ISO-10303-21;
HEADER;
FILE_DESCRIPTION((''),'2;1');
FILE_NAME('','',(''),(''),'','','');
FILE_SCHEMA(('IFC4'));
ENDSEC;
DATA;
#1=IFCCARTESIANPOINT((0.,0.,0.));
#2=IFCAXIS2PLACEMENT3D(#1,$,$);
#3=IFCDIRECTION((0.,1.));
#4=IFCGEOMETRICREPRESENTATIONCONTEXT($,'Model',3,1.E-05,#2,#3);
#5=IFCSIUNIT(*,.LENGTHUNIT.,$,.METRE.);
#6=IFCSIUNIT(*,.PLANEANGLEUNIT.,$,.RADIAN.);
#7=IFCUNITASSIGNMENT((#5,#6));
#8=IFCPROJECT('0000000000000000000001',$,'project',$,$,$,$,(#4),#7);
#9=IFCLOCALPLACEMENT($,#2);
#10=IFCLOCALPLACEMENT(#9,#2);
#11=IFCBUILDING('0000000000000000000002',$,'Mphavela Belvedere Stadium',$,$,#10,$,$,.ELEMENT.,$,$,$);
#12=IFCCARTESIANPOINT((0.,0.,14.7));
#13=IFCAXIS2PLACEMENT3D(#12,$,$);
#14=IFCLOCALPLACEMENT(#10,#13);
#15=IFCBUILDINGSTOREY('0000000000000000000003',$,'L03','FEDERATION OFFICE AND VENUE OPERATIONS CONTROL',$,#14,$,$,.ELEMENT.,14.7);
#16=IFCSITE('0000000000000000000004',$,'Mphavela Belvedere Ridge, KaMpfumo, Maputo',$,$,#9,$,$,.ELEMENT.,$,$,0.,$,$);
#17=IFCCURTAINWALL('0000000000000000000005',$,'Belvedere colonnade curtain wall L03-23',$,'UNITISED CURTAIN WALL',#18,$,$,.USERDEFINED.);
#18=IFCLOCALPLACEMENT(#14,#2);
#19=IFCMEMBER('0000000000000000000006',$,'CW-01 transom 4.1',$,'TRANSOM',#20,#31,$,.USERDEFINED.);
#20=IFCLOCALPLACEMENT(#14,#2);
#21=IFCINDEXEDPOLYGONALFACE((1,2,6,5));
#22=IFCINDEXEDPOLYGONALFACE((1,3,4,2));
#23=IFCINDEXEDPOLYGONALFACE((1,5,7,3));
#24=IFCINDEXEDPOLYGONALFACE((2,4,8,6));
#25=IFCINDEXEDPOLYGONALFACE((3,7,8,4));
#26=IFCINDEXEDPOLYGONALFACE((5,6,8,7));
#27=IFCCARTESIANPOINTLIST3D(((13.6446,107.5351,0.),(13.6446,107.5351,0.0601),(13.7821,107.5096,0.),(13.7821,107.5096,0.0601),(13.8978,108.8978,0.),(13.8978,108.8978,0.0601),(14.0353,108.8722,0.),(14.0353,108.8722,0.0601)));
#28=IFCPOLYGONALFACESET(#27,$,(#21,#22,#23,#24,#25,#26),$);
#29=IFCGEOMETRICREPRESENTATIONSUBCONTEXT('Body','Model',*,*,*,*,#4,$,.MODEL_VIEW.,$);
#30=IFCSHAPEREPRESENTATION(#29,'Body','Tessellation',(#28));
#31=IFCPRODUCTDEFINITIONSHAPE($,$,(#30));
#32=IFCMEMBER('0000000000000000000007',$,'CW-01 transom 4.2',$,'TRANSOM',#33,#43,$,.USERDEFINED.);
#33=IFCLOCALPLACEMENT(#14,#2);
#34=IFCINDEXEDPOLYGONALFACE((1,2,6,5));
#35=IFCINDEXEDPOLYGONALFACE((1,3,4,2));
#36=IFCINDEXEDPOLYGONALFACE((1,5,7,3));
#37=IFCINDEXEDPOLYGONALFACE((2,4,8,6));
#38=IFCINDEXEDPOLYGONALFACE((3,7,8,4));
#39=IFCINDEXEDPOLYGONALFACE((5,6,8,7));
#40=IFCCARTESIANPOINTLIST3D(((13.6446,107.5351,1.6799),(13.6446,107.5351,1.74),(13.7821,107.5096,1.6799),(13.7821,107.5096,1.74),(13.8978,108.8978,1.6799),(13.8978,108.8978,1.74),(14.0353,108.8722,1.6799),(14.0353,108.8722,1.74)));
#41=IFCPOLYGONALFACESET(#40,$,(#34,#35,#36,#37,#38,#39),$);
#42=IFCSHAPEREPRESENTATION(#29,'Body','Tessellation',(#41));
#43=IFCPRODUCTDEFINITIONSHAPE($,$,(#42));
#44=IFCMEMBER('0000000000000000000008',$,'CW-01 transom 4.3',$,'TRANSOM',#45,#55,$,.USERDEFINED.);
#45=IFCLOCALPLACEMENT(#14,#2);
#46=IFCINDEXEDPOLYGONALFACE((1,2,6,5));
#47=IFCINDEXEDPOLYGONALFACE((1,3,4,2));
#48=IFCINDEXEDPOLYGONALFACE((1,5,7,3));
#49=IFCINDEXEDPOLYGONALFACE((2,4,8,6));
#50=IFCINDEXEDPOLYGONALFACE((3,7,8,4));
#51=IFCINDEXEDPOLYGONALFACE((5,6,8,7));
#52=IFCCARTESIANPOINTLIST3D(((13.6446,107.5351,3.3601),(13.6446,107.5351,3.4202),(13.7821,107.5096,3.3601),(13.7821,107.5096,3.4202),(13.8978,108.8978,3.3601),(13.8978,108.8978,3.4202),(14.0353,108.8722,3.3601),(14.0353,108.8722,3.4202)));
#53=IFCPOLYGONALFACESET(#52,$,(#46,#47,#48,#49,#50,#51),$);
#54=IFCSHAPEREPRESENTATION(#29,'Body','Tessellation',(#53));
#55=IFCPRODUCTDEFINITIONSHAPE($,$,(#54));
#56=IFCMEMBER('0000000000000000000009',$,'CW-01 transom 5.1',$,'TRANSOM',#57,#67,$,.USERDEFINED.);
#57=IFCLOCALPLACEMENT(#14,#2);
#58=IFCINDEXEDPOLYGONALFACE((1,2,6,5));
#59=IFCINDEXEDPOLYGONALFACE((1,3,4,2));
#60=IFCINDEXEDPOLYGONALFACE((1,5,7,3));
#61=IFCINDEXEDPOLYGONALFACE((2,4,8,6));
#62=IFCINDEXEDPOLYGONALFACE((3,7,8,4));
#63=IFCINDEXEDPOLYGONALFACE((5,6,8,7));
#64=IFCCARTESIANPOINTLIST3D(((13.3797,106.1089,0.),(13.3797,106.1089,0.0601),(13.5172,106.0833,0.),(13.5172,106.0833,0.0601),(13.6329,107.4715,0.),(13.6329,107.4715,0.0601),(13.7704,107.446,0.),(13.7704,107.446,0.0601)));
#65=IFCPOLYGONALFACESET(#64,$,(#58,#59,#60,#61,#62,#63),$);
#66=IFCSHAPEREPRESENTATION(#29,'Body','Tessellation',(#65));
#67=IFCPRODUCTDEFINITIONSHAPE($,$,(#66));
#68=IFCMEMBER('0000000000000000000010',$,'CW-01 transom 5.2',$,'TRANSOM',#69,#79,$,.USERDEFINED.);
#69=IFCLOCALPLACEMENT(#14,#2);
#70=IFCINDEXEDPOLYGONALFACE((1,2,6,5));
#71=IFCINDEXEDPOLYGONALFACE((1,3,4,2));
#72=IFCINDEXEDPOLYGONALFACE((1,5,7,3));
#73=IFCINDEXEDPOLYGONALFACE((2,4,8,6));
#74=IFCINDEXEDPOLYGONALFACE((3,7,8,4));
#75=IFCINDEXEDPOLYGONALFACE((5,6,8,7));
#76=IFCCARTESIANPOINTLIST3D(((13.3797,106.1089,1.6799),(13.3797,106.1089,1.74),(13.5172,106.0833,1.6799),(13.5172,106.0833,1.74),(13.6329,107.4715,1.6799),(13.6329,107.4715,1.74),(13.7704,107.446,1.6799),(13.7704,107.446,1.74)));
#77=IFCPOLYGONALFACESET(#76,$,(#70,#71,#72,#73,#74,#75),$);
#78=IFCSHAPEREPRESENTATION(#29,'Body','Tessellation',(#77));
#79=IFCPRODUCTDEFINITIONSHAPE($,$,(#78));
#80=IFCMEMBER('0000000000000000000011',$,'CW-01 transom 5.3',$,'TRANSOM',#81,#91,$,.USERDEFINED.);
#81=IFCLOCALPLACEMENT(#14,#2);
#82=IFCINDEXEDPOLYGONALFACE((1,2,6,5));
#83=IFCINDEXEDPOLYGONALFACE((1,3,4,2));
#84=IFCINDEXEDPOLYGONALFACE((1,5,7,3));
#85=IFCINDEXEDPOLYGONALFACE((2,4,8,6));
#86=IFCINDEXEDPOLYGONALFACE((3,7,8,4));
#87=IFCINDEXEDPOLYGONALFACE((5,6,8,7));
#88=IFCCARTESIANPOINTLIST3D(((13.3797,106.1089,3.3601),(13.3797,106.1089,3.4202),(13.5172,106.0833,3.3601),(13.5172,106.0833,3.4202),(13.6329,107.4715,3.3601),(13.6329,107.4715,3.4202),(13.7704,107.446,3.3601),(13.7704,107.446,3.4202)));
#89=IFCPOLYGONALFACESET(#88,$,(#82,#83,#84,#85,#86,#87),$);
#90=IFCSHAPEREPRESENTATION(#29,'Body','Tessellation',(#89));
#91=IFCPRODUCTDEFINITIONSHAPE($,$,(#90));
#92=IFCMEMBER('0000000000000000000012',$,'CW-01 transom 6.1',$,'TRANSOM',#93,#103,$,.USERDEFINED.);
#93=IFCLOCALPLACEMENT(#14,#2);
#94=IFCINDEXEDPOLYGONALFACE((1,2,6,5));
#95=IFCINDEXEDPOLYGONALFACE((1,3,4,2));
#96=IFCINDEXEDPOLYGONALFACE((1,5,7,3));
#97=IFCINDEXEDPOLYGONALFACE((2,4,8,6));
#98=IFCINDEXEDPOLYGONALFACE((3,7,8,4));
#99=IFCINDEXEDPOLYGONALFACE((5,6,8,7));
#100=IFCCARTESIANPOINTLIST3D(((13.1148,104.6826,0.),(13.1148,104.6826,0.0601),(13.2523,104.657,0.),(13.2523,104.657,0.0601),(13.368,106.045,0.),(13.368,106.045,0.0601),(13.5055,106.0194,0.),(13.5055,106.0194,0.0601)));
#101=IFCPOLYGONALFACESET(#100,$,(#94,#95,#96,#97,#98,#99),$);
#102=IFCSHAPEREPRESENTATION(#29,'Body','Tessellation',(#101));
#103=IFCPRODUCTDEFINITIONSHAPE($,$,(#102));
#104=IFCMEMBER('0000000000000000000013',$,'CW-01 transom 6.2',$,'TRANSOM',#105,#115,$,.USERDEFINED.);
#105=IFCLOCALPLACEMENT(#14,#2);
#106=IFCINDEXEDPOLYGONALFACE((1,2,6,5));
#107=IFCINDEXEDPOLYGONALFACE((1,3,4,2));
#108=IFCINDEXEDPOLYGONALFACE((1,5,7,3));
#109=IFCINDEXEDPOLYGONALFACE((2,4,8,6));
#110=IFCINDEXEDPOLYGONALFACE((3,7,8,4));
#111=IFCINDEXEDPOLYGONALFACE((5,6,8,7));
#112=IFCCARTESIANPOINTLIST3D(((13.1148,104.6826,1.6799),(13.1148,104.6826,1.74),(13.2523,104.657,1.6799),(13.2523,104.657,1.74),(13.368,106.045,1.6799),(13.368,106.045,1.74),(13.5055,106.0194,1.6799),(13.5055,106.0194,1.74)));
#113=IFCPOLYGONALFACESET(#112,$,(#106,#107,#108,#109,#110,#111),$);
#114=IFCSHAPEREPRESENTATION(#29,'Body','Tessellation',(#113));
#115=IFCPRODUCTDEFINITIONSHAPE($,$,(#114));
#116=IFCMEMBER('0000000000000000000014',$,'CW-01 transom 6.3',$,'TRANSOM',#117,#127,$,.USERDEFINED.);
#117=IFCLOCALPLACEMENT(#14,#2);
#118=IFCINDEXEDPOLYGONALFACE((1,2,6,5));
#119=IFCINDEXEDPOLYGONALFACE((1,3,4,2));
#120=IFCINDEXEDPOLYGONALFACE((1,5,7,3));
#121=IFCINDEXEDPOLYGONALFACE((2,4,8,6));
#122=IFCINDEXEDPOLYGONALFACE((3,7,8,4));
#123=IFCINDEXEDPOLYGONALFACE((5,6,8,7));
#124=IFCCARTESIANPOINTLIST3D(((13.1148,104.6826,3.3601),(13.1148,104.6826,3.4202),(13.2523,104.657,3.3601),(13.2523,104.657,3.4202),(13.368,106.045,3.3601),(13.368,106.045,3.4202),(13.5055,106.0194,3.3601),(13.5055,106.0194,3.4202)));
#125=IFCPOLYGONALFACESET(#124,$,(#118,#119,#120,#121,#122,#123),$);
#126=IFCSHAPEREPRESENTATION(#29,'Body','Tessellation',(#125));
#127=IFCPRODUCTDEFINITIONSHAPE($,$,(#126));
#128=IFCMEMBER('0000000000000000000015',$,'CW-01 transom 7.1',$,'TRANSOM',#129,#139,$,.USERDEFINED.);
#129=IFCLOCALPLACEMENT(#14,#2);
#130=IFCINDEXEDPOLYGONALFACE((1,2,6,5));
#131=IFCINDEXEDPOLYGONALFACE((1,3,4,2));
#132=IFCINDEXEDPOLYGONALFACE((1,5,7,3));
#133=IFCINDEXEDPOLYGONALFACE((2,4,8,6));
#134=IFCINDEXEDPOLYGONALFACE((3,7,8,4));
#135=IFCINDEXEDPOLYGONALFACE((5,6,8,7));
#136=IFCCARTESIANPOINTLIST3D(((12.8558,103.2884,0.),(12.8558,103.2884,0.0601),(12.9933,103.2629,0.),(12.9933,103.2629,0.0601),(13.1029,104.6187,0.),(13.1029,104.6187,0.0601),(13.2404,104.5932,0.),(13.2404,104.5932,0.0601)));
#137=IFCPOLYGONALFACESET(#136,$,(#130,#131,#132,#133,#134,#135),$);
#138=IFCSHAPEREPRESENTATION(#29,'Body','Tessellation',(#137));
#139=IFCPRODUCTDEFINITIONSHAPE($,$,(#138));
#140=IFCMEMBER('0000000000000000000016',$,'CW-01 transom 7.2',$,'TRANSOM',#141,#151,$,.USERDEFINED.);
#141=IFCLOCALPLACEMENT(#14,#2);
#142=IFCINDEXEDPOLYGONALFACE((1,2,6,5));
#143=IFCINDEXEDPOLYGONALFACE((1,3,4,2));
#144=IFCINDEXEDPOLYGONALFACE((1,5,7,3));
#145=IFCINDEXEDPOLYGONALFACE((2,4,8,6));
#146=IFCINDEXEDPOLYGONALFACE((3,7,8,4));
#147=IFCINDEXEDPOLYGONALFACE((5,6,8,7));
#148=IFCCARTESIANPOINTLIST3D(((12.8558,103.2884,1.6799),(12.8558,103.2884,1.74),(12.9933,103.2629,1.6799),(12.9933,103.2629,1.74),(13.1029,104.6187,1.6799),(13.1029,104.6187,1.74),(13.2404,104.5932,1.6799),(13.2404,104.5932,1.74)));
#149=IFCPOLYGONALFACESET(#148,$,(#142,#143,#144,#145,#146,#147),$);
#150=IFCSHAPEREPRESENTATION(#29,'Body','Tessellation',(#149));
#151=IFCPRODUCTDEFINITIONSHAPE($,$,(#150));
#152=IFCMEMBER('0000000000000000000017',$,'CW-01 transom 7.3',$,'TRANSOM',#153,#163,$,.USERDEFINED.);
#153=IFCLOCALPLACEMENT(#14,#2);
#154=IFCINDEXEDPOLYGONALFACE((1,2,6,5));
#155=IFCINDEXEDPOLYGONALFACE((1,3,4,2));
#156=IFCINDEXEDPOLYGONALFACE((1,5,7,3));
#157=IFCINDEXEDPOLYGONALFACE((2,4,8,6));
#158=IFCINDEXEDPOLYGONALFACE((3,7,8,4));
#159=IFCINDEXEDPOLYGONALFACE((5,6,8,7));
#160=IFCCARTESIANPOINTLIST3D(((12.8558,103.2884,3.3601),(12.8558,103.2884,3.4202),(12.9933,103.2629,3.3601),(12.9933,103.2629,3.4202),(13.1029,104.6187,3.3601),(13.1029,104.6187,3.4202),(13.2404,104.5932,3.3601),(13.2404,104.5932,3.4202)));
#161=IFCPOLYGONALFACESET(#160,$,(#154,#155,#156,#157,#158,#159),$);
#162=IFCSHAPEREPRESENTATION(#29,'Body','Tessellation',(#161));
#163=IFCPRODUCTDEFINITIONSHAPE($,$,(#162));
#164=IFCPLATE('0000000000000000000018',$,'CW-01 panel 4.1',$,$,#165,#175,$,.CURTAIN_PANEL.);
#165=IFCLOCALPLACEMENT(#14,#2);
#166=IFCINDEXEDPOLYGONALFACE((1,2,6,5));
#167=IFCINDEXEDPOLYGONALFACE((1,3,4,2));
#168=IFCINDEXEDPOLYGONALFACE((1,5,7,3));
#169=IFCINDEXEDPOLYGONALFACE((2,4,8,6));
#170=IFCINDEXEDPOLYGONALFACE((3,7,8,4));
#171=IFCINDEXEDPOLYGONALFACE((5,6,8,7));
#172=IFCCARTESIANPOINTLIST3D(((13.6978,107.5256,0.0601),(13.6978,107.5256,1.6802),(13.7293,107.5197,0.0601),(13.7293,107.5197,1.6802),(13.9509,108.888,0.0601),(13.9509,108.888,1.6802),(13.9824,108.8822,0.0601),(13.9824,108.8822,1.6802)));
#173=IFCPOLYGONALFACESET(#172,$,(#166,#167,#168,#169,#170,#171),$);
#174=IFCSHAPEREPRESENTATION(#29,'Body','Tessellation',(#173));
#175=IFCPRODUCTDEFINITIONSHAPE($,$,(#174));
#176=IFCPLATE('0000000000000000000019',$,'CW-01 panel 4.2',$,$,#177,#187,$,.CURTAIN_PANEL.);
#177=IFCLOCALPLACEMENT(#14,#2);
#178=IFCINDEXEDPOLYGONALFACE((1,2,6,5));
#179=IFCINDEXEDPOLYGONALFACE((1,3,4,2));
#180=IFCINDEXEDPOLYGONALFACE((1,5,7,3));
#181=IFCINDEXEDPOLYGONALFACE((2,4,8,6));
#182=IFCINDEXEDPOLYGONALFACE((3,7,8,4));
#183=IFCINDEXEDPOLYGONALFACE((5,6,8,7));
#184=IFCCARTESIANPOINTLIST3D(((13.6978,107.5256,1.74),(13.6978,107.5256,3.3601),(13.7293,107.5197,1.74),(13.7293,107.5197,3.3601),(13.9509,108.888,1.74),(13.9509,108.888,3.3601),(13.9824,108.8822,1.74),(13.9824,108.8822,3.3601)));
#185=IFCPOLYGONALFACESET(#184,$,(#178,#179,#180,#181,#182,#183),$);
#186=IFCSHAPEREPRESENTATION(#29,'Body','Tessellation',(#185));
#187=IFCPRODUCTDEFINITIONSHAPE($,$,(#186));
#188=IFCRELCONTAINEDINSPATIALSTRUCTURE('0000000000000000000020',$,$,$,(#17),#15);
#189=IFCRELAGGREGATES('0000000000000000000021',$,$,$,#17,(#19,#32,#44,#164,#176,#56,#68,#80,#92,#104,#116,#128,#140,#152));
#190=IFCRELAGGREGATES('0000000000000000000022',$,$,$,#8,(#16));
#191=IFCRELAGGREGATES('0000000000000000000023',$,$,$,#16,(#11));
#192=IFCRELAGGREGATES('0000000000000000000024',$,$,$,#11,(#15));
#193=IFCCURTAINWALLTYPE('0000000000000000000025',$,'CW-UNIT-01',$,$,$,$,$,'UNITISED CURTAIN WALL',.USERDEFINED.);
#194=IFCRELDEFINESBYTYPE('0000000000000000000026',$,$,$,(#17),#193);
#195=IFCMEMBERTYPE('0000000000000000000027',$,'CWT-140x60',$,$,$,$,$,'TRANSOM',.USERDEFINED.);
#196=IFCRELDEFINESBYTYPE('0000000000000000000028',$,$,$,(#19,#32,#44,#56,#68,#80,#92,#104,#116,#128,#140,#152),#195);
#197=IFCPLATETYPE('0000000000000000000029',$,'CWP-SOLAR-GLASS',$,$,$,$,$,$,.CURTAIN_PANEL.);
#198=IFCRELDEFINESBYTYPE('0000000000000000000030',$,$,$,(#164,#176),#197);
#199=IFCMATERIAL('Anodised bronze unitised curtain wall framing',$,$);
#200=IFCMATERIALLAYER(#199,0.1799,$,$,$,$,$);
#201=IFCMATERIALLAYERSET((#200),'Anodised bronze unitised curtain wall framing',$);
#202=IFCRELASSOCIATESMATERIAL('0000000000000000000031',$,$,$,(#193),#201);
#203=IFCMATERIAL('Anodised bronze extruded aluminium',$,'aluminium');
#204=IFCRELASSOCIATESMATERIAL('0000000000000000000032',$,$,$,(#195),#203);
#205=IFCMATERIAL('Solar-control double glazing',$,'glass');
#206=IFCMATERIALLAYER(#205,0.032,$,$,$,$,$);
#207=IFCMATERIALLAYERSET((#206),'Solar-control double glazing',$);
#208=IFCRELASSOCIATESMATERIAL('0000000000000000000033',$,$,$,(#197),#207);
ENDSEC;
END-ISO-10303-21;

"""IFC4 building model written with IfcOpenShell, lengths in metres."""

from ifc_helpers import new_model, si_unit, direction, frame, origin, origin_2d, place, context, subcontext, project, spatial, rectangle, extrude, material, layer, layer_set, material_profile, profile_set, type_object, element, aggregate, save


model = new_model("IFC4")

# Units and contexts
model_context = context("Model", 3, precision=1e-05, world=origin(), true_north=direction((0.0, 1.0)))
body_context = subcontext(model_context, "Body", "Model", "MODEL_VIEW")
ifc_project = project(units=[si_unit("LENGTHUNIT", "METRE"), si_unit("PLANEANGLEUNIT", "RADIAN")], contexts=[model_context])

# Site, building, storey
site_placement = place(None, origin())
site = spatial("IfcSite", under=ifc_project, at=site_placement, Name="Mphavela Belvedere Ridge, KaMpfumo, Maputo", CompositionType="ELEMENT", RefElevation=0.0)
building_placement = place(site_placement, origin())
building = spatial("IfcBuilding", under=site, at=building_placement, Name="Mphavela Belvedere Stadium", CompositionType="ELEMENT")
storey_placement = place(building_placement, frame((0.0, 0.0, 14.7)))
storey = spatial("IfcBuildingStorey", under=building, at=storey_placement, Name="L03", Description="FEDERATION OFFICE AND VENUE OPERATIONS CONTROL", CompositionType="ELEMENT", Elevation=14.7)

# Curtain wall, members, plates
ifc_material_1 = material(Name="Anodised bronze unitised curtain wall framing")
ifc_layer_1 = layer(ifc_material_1, 0.1799)
ifc_layer_set_1 = layer_set([ifc_layer_1], Name="Anodised bronze unitised curtain wall framing")
curtain_wall_type = type_object("IfcCurtainWallType", Name="CW-UNIT-01", ElementType="UNITISED CURTAIN WALL", PredefinedType="USERDEFINED", material=ifc_layer_set_1)
curtain_wall_placement = place(storey_placement, origin())
curtain_wall = element("IfcCurtainWall", 1, at=curtain_wall_placement, inside=storey, type_object=curtain_wall_type, Name="Belvedere colonnade curtain wall L03-23", ObjectType="UNITISED CURTAIN WALL", PredefinedType="USERDEFINED")
ifc_material_2 = material(Name="Anodised bronze extruded aluminium", Category="aluminium")
ifc_material_profile_1 = material_profile(ifc_material_2, rectangle(XDim=0.1399, YDim=0.0601, at=origin_2d()), Name="CW-TRN 140x60")
ifc_profile_set_1 = profile_set([ifc_material_profile_1], Name="Anodised bronze extruded aluminium")
member_type_1 = type_object("IfcMemberType", Name="CWT-140x60", ElementType="TRANSOM", PredefinedType="USERDEFINED", material=ifc_profile_set_1)
member_1_placement = place(storey_placement, frame((13.9666, 108.885, 0.03), z_axis=(-0.182682, -0.983172, 0.0), x_axis=(0.983172, -0.182682, 0.0)))
member_1 = element("IfcMember", 2, at=member_1_placement, type_object=member_type_1, Name="CW-01 transom 4.1", ObjectType="TRANSOM", PredefinedType="USERDEFINED", context=body_context, shape_type="SweptSolid", body=[
    extrude(rectangle(XDim=0.1399, YDim=0.0601, at=origin_2d()), origin(), (0.0, 0.0, 1.0), 1.386),
])
member_2_placement = place(storey_placement, frame((13.9666, 108.885, 1.71), z_axis=(-0.182682, -0.983172, 0.0), x_axis=(0.983172, -0.182682, 0.0)))
member_2 = element("IfcMember", 3, at=member_2_placement, type_object=member_type_1, Name="CW-01 transom 4.2", ObjectType="TRANSOM", PredefinedType="USERDEFINED", context=body_context, shape_type="SweptSolid", body=[
    extrude(rectangle(XDim=0.1399, YDim=0.0601, at=origin_2d()), origin(), (0.0, 0.0, 1.0), 1.386),
])
member_3_placement = place(storey_placement, frame((13.9666, 108.885, 3.3901), z_axis=(-0.182682, -0.983172, 0.0), x_axis=(0.983172, -0.182682, 0.0)))
member_3 = element("IfcMember", 4, at=member_3_placement, type_object=member_type_1, Name="CW-01 transom 4.3", ObjectType="TRANSOM", PredefinedType="USERDEFINED", context=body_context, shape_type="SweptSolid", body=[
    extrude(rectangle(XDim=0.1399, YDim=0.0601, at=origin_2d()), origin(), (0.0, 0.0, 1.0), 1.386),
])
member_4_placement = place(storey_placement, frame((13.7017, 107.4587, 0.03), z_axis=(-0.182682, -0.983172, 0.0), x_axis=(0.983172, -0.182682, 0.0)))
member_4 = element("IfcMember", 5, at=member_4_placement, type_object=member_type_1, Name="CW-01 transom 5.1", ObjectType="TRANSOM", PredefinedType="USERDEFINED", context=body_context, shape_type="SweptSolid", body=[
    extrude(rectangle(XDim=0.1399, YDim=0.0601, at=origin_2d()), origin(), (0.0, 0.0, 1.0), 1.386),
])
member_5_placement = place(storey_placement, frame((13.7017, 107.4587, 1.71), z_axis=(-0.182682, -0.983172, 0.0), x_axis=(0.983172, -0.182682, 0.0)))
member_5 = element("IfcMember", 6, at=member_5_placement, type_object=member_type_1, Name="CW-01 transom 5.2", ObjectType="TRANSOM", PredefinedType="USERDEFINED", context=body_context, shape_type="SweptSolid", body=[
    extrude(rectangle(XDim=0.1399, YDim=0.0601, at=origin_2d()), origin(), (0.0, 0.0, 1.0), 1.386),
])
member_6_placement = place(storey_placement, frame((13.7017, 107.4587, 3.3901), z_axis=(-0.182682, -0.983172, 0.0), x_axis=(0.983172, -0.182682, 0.0)))
member_6 = element("IfcMember", 7, at=member_6_placement, type_object=member_type_1, Name="CW-01 transom 5.3", ObjectType="TRANSOM", PredefinedType="USERDEFINED", context=body_context, shape_type="SweptSolid", body=[
    extrude(rectangle(XDim=0.1399, YDim=0.0601, at=origin_2d()), origin(), (0.0, 0.0, 1.0), 1.386),
])
member_7_placement = place(storey_placement, frame((13.4368, 106.0322, 0.03), z_axis=(-0.182714, -0.983166, 0.0), x_axis=(0.983166, -0.182714, 0.0)))
member_7 = element("IfcMember", 8, at=member_7_placement, type_object=member_type_1, Name="CW-01 transom 6.1", ObjectType="TRANSOM", PredefinedType="USERDEFINED", context=body_context, shape_type="SweptSolid", body=[
    extrude(rectangle(XDim=0.1399, YDim=0.0601, at=origin_2d()), origin(), (0.0, 0.0, 1.0), 1.3857),
])
member_8_placement = place(storey_placement, frame((13.4368, 106.0322, 1.71), z_axis=(-0.182714, -0.983166, 0.0), x_axis=(0.983166, -0.182714, 0.0)))
member_8 = element("IfcMember", 9, at=member_8_placement, type_object=member_type_1, Name="CW-01 transom 6.2", ObjectType="TRANSOM", PredefinedType="USERDEFINED", context=body_context, shape_type="SweptSolid", body=[
    extrude(rectangle(XDim=0.1399, YDim=0.0601, at=origin_2d()), origin(), (0.0, 0.0, 1.0), 1.3857),
])
member_9_placement = place(storey_placement, frame((13.4368, 106.0322, 3.3901), z_axis=(-0.182714, -0.983166, 0.0), x_axis=(0.983166, -0.182714, 0.0)))
member_9 = element("IfcMember", 10, at=member_9_placement, type_object=member_type_1, Name="CW-01 transom 6.3", ObjectType="TRANSOM", PredefinedType="USERDEFINED", context=body_context, shape_type="SweptSolid", body=[
    extrude(rectangle(XDim=0.1399, YDim=0.0601, at=origin_2d()), origin(), (0.0, 0.0, 1.0), 1.3857),
])
member_10_placement = place(storey_placement, frame((13.1716, 104.606, 0.03), z_axis=(-0.1826, -0.983187, 0.0), x_axis=(0.983187, -0.1826, 0.0)))
member_10 = element("IfcMember", 11, at=member_10_placement, type_object=member_type_1, Name="CW-01 transom 7.1", ObjectType="TRANSOM", PredefinedType="USERDEFINED", context=body_context, shape_type="SweptSolid", body=[
    extrude(rectangle(XDim=0.1399, YDim=0.0601, at=origin_2d()), origin(), (0.0, 0.0, 1.0), 1.353),
])
member_11_placement = place(storey_placement, frame((13.1716, 104.606, 1.71), z_axis=(-0.1826, -0.983187, 0.0), x_axis=(0.983187, -0.1826, 0.0)))
member_11 = element("IfcMember", 12, at=member_11_placement, type_object=member_type_1, Name="CW-01 transom 7.2", ObjectType="TRANSOM", PredefinedType="USERDEFINED", context=body_context, shape_type="SweptSolid", body=[
    extrude(rectangle(XDim=0.1399, YDim=0.0601, at=origin_2d()), origin(), (0.0, 0.0, 1.0), 1.353),
])
member_12_placement = place(storey_placement, frame((13.1716, 104.606, 3.3901), z_axis=(-0.1826, -0.983187, 0.0), x_axis=(0.983187, -0.1826, 0.0)))
member_12 = element("IfcMember", 13, at=member_12_placement, type_object=member_type_1, Name="CW-01 transom 7.3", ObjectType="TRANSOM", PredefinedType="USERDEFINED", context=body_context, shape_type="SweptSolid", body=[
    extrude(rectangle(XDim=0.1399, YDim=0.0601, at=origin_2d()), origin(), (0.0, 0.0, 1.0), 1.353),
])
ifc_material_3 = material(Name="Solar-control double glazing", Category="glass")
ifc_layer_2 = layer(ifc_material_3, 0.032)
ifc_layer_set_2 = layer_set([ifc_layer_2], Name="Solar-control double glazing")
plate_type = type_object("IfcPlateType", Name="CWP-SOLAR-GLASS", PredefinedType="CURTAIN_PANEL", material=ifc_layer_set_2)
plate_1_placement = place(storey_placement, frame((13.8401, 108.2039, 0.0601), z_axis=(0.0, 0.0, 1.0), x_axis=(-0.182631, -0.983181, 0.0)))
plate_1 = element("IfcPlate", 14, at=plate_1_placement, type_object=plate_type, Name="CW-01 panel 4.1", PredefinedType="CURTAIN_PANEL", context=body_context, shape_type="SweptSolid", body=[
    extrude(rectangle(XDim=1.3857, YDim=0.032, at=origin_2d()), origin(), (0.0, 0.0, 1.0), 1.6201),
])
plate_2_placement = place(storey_placement, frame((13.8401, 108.2039, 1.74), z_axis=(0.0, 0.0, 1.0), x_axis=(-0.182631, -0.983181, 0.0)))
plate_2 = element("IfcPlate", 15, at=plate_2_placement, type_object=plate_type, Name="CW-01 panel 4.2", PredefinedType="CURTAIN_PANEL", context=body_context, shape_type="SweptSolid", body=[
    extrude(rectangle(XDim=1.3857, YDim=0.032, at=origin_2d()), origin(), (0.0, 0.0, 1.0), 1.6201),
])
aggregate(curtain_wall, [member_1, member_2, member_3, plate_1, plate_2, member_4, member_5, member_6, member_7, member_8, member_9, member_10, member_11, member_12])

save(model, "model.ifc")
